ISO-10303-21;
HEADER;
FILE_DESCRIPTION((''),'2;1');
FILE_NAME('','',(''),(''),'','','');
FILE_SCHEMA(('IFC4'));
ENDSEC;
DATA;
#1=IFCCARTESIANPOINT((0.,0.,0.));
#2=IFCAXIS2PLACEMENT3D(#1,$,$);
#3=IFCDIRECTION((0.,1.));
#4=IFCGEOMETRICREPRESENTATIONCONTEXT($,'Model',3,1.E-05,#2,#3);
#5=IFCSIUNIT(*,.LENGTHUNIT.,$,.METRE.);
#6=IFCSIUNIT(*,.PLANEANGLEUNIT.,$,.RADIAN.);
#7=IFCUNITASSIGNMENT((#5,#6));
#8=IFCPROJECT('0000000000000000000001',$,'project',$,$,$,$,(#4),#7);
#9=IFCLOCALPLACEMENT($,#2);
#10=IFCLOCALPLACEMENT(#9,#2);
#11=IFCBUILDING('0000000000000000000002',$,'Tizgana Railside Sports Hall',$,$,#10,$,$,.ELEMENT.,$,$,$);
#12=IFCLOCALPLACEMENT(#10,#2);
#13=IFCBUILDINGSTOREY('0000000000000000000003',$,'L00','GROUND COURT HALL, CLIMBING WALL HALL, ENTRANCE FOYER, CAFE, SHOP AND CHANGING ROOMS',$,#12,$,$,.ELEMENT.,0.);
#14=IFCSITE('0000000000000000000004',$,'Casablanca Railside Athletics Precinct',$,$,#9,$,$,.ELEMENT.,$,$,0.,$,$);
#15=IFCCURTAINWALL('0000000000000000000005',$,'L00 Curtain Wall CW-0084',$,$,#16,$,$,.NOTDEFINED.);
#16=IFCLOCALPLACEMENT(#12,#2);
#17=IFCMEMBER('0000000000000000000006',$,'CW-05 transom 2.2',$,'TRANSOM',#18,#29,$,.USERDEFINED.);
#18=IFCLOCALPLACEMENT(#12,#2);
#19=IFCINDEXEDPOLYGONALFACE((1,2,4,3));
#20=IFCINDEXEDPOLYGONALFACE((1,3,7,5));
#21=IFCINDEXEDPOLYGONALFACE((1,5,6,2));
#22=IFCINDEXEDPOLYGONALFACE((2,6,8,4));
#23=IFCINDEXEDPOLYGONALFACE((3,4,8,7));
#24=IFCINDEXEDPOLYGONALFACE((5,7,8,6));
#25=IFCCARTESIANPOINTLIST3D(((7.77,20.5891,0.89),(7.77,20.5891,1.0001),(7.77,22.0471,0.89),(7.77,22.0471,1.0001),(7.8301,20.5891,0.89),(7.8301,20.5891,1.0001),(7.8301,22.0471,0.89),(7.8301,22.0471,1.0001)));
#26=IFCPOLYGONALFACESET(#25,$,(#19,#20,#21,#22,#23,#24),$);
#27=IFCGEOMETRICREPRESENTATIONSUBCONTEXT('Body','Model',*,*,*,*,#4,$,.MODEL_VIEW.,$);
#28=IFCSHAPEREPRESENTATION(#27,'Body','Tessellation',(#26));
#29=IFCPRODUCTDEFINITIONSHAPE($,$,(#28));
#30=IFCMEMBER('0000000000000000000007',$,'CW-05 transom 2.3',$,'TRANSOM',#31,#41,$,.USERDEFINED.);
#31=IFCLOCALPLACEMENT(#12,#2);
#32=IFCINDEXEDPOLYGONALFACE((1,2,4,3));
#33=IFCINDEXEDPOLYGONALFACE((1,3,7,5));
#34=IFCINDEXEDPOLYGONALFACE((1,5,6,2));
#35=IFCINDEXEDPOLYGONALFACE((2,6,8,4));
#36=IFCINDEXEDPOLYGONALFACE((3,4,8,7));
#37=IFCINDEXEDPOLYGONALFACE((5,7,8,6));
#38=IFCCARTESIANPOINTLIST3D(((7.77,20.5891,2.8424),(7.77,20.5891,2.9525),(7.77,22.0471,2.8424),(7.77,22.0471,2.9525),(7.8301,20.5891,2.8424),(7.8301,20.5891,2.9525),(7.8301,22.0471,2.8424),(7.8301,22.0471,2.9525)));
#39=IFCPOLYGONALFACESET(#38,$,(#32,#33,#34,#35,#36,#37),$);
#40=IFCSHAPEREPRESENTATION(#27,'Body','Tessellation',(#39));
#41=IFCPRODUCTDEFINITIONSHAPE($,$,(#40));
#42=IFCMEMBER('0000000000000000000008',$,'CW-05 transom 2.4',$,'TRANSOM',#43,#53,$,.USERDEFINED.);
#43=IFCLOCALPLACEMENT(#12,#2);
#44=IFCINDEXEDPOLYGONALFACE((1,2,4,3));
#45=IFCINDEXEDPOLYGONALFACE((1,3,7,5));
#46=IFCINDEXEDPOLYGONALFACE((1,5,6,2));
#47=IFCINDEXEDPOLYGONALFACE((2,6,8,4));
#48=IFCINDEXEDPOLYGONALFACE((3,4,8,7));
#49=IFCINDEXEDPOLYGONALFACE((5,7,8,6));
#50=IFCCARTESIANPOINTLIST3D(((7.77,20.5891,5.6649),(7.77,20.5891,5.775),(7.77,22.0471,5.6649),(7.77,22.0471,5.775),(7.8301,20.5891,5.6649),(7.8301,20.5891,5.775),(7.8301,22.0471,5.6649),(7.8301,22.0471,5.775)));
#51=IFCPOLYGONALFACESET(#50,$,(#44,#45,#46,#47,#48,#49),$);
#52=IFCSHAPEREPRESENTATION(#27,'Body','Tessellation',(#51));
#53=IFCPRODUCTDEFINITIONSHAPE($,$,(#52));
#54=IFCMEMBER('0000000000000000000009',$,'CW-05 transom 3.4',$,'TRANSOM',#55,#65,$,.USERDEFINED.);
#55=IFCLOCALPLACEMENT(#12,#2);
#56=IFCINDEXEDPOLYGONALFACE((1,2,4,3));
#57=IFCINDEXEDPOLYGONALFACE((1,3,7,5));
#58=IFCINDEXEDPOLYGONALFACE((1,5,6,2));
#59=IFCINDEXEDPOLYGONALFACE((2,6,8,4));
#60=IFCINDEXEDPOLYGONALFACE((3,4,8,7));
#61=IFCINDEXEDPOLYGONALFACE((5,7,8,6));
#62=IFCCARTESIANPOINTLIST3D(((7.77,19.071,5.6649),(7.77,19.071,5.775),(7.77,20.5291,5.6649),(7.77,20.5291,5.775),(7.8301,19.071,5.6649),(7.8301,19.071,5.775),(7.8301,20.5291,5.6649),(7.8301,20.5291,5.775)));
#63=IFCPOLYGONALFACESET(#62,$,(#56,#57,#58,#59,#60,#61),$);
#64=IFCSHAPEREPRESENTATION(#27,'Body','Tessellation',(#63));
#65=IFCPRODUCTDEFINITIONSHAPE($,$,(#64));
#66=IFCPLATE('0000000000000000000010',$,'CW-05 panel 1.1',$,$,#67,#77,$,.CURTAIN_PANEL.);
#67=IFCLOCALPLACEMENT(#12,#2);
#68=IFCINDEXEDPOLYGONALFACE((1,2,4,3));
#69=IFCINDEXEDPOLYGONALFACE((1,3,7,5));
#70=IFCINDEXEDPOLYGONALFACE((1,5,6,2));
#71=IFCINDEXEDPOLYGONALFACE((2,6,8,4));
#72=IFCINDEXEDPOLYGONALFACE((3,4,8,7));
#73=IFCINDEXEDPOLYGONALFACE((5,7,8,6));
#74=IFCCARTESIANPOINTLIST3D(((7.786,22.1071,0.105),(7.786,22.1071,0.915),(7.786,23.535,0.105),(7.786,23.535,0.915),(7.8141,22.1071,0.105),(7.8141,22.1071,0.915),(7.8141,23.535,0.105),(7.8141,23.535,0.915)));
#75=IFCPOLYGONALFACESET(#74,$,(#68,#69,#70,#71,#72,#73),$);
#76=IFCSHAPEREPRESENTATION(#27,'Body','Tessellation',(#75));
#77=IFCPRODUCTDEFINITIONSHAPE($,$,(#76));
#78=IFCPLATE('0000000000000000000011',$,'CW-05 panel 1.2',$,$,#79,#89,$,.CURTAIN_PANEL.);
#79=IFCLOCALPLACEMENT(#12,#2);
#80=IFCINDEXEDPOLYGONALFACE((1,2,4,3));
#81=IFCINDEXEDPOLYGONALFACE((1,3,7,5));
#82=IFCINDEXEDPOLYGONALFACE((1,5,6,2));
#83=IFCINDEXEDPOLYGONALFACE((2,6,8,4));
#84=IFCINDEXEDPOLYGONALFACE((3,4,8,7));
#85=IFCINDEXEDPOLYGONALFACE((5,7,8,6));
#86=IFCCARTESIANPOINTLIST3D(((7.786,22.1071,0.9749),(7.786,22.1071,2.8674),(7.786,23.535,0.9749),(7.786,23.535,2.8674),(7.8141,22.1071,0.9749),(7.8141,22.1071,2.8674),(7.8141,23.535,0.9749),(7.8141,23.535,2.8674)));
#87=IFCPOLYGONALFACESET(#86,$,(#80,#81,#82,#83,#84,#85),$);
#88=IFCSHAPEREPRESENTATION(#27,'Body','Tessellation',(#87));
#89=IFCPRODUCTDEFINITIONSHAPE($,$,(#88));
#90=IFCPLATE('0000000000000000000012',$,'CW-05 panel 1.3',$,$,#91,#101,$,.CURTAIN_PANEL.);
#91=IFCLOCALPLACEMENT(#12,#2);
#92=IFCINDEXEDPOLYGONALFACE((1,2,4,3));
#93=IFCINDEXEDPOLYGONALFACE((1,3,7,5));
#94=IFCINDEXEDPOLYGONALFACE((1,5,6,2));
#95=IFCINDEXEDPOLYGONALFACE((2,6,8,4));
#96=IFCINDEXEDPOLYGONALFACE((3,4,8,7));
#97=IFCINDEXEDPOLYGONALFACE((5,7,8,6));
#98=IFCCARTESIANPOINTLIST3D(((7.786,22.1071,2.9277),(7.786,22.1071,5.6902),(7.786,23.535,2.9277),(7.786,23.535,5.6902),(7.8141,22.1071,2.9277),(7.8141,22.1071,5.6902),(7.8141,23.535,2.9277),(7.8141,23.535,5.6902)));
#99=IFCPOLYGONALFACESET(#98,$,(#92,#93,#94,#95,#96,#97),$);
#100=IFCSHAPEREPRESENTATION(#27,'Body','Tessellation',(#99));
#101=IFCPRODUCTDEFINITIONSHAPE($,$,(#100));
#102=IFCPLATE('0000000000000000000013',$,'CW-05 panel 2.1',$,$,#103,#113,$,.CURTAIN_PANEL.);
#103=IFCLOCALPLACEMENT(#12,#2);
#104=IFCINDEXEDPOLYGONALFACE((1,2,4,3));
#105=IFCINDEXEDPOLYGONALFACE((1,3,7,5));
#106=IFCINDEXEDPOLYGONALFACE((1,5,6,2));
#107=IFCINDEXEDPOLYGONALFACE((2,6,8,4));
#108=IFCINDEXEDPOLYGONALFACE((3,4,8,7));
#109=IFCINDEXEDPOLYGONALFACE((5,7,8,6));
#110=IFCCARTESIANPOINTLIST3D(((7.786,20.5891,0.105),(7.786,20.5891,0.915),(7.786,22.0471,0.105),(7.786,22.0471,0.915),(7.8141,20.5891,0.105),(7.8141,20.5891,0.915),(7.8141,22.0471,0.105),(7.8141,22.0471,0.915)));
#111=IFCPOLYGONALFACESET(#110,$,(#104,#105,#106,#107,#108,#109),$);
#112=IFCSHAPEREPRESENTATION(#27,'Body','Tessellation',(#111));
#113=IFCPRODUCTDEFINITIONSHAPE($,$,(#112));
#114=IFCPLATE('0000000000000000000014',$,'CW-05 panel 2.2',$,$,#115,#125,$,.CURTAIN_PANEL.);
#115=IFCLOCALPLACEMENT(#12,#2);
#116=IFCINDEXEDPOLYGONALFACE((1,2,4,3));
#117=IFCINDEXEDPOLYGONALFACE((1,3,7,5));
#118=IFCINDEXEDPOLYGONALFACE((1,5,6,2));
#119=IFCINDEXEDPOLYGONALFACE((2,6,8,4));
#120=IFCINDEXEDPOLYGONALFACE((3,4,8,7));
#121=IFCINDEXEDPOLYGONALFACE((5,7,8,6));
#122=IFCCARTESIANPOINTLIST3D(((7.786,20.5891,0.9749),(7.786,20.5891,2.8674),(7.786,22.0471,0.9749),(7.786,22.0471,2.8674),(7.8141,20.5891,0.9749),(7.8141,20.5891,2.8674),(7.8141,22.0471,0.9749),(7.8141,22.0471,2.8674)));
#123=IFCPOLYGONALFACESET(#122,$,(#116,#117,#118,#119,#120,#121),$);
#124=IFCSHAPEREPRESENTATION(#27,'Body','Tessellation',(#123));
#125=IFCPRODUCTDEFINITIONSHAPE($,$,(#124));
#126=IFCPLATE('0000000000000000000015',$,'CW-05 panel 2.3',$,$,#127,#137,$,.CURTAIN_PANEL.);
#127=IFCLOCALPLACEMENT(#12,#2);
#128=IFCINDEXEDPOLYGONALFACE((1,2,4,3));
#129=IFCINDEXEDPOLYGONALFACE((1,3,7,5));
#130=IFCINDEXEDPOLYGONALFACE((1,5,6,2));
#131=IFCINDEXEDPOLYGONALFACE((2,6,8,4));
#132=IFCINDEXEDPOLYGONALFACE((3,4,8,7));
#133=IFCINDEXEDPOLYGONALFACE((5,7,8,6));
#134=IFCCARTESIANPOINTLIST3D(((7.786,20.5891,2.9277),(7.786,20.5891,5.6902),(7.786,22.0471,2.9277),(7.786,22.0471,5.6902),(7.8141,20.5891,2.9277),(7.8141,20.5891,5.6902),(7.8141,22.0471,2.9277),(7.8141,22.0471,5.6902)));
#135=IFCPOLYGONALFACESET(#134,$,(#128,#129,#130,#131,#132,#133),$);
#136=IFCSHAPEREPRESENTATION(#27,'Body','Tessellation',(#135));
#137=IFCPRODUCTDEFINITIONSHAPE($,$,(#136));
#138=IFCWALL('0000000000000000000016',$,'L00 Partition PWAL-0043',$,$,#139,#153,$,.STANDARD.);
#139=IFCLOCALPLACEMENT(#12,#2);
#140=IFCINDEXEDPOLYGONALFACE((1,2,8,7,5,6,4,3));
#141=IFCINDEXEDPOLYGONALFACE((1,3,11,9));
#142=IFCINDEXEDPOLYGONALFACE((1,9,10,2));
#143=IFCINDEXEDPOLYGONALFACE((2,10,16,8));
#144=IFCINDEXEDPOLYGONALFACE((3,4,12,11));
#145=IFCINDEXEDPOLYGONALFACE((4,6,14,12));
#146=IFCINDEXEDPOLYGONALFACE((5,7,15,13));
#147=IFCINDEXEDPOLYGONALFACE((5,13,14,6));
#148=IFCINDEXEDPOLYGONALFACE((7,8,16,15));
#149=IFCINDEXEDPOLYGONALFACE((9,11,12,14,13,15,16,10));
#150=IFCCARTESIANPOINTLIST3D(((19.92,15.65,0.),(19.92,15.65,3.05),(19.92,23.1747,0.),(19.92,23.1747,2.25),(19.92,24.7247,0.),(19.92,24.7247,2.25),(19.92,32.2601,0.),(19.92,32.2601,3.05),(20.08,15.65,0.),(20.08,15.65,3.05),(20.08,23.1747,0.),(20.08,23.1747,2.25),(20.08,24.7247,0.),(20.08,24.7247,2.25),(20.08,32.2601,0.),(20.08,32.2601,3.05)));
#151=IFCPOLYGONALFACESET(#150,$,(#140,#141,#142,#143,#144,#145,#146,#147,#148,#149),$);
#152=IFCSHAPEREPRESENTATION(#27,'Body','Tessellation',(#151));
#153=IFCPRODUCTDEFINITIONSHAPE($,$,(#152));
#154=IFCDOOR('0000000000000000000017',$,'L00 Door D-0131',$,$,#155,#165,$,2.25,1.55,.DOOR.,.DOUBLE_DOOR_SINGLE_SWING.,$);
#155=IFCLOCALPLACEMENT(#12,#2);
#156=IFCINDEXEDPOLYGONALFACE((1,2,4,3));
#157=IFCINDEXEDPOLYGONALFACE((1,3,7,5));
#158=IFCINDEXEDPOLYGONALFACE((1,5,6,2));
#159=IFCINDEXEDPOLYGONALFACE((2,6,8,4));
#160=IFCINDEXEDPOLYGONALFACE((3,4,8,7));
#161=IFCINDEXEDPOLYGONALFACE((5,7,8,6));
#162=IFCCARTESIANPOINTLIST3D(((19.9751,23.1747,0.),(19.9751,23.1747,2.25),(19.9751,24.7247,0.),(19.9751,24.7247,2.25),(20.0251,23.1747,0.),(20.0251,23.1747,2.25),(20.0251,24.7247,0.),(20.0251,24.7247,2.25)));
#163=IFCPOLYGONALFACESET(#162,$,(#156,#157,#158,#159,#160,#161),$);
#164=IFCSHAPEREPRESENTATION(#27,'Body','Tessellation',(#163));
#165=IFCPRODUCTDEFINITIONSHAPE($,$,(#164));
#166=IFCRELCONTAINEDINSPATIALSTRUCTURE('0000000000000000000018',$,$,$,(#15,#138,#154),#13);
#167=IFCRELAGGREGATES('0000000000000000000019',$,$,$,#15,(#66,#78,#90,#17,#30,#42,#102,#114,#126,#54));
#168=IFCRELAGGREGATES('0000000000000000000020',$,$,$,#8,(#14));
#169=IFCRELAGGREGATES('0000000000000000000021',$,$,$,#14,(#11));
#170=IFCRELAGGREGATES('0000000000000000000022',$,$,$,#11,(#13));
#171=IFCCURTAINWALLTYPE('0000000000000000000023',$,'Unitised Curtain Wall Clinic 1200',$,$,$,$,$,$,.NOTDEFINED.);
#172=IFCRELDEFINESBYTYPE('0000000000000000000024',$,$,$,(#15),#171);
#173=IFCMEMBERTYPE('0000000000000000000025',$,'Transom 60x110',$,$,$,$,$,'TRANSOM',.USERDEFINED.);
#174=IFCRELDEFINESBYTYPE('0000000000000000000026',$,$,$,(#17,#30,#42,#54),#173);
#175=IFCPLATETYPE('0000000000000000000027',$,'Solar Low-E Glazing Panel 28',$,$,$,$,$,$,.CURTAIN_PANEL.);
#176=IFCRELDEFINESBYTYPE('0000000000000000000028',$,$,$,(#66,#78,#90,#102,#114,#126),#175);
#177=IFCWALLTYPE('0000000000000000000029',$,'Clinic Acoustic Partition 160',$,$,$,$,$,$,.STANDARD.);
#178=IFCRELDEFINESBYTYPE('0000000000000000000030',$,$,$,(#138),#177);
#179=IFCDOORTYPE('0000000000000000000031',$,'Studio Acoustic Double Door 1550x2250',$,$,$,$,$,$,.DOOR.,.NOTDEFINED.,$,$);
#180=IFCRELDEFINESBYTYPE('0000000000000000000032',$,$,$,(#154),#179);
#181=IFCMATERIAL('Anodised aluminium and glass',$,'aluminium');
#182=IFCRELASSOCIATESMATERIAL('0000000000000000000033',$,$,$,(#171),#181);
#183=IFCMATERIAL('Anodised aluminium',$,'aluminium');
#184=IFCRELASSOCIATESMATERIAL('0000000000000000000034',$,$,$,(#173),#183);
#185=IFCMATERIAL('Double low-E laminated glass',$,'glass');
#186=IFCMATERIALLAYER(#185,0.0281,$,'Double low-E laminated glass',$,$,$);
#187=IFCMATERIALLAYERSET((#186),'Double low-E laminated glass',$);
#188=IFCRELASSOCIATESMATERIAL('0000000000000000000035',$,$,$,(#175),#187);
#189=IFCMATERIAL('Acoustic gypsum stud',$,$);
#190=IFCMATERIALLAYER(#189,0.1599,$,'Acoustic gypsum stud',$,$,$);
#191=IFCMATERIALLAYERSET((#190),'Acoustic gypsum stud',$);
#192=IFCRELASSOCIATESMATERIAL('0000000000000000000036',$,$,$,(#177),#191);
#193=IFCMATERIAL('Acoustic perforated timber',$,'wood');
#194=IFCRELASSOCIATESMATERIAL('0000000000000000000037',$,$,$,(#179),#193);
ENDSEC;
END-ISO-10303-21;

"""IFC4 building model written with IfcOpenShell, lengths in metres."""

from ifc_helpers import new_model, si_unit, direction, frame, frame_2d, origin, origin_2d, place, context, subcontext, project, spatial, rectangle, extrude, material, layer, layer_set, material_profile, profile_set, type_object, element, fill, aggregate, save


model = new_model("IFC4")

# Units and contexts
model_context = context("Model", 3, precision=1e-05, world=origin(), true_north=direction((0.0, 1.0)))
body_context = subcontext(model_context, "Body", "Model", "MODEL_VIEW")
ifc_project = project(units=[si_unit("LENGTHUNIT", "METRE"), si_unit("PLANEANGLEUNIT", "RADIAN")], contexts=[model_context])

# Site, building, storey
site_placement = place(None, origin())
site = spatial("IfcSite", under=ifc_project, at=site_placement, Name="Casablanca Railside Athletics Precinct", CompositionType="ELEMENT", RefElevation=0.0)
building_placement = place(site_placement, origin())
building = spatial("IfcBuilding", under=site, at=building_placement, Name="Tizgana Railside Sports Hall", CompositionType="ELEMENT")
storey_placement = place(building_placement, origin())
storey = spatial("IfcBuildingStorey", under=building, at=storey_placement, Name="L00", Description="GROUND COURT HALL, CLIMBING WALL HALL, ENTRANCE FOYER, CAFE, SHOP AND CHANGING ROOMS", CompositionType="ELEMENT", Elevation=0.0)

# Curtain wall
ifc_material_1 = material(Name="Anodised aluminium and glass", Category="aluminium")
curtain_wall_type = type_object("IfcCurtainWallType", Name="Unitised Curtain Wall Clinic 1200", PredefinedType="NOTDEFINED", material=ifc_material_1)
curtain_wall_placement = place(storey_placement, origin())
curtain_wall = element("IfcCurtainWall", 1, at=curtain_wall_placement, inside=storey, type_object=curtain_wall_type, Name="L00 Curtain Wall CW-0084", PredefinedType="NOTDEFINED")
ifc_material_2 = material(Name="Anodised aluminium", Category="aluminium")

# Members
ifc_material_profile_1 = material_profile(ifc_material_2, rectangle(XDim=0.0601, YDim=0.1101, at=origin_2d()), Name="Transom 60x110")
ifc_profile_set_1 = profile_set([ifc_material_profile_1], Name="Anodised aluminium")
member_type_1 = type_object("IfcMemberType", Name="Transom 60x110", ElementType="TRANSOM", PredefinedType="USERDEFINED", material=ifc_profile_set_1)
member_1_placement = place(storey_placement, frame((7.8, 22.0471, 0.9451), z_axis=(0.0, -1.0, 0.0), x_axis=(1.0, 0.0, 0.0)))
member_1 = element("IfcMember", 2, at=member_1_placement, type_object=member_type_1, Name="CW-05 transom 2.2", ObjectType="TRANSOM", PredefinedType="USERDEFINED", context=body_context, shape_type="SweptSolid", body=[
    extrude(rectangle(XDim=0.0601, YDim=0.1101, at=origin_2d()), origin(), (0.0, 0.0, 1.0), 1.458),
])
member_2_placement = place(storey_placement, frame((7.8, 22.0471, 2.8975), z_axis=(0.0, -1.0, 0.0), x_axis=(1.0, 0.0, 0.0)))
member_2 = element("IfcMember", 3, at=member_2_placement, type_object=member_type_1, Name="CW-05 transom 2.3", ObjectType="TRANSOM", PredefinedType="USERDEFINED", context=body_context, shape_type="SweptSolid", body=[
    extrude(rectangle(XDim=0.0601, YDim=0.1101, at=origin_2d()), origin(), (0.0, 0.0, 1.0), 1.458),
])
member_3_placement = place(storey_placement, frame((7.8, 22.0471, 5.72), z_axis=(0.0, -1.0, 0.0), x_axis=(1.0, 0.0, 0.0)))
member_3 = element("IfcMember", 4, at=member_3_placement, type_object=member_type_1, Name="CW-05 transom 2.4", ObjectType="TRANSOM", PredefinedType="USERDEFINED", context=body_context, shape_type="SweptSolid", body=[
    extrude(rectangle(XDim=0.0601, YDim=0.1101, at=origin_2d()), origin(), (0.0, 0.0, 1.0), 1.458),
])
member_4_placement = place(storey_placement, frame((7.8, 20.5291, 5.72), z_axis=(0.0, -1.0, 0.0), x_axis=(1.0, 0.0, 0.0)))
member_4 = element("IfcMember", 5, at=member_4_placement, type_object=member_type_1, Name="CW-05 transom 3.4", ObjectType="TRANSOM", PredefinedType="USERDEFINED", context=body_context, shape_type="SweptSolid", body=[
    extrude(rectangle(XDim=0.0601, YDim=0.1101, at=origin_2d()), origin(), (0.0, 0.0, 1.0), 1.458),
])

# Plates
ifc_material_3 = material(Name="Double low-E laminated glass", Category="glass")
ifc_layer_1 = layer(ifc_material_3, 0.0281, Name="Double low-E laminated glass")
ifc_layer_set_1 = layer_set([ifc_layer_1], Name="Double low-E laminated glass")
plate_type = type_object("IfcPlateType", Name="Solar Low-E Glazing Panel 28", PredefinedType="CURTAIN_PANEL", material=ifc_layer_set_1)
plate_1_placement = place(storey_placement, frame((7.8, 22.821, 0.105), z_axis=(0.0, 0.0, 1.0), x_axis=(0.0, -1.0, 0.0)))
plate_1 = element("IfcPlate", 6, at=plate_1_placement, type_object=plate_type, Name="CW-05 panel 1.1", PredefinedType="CURTAIN_PANEL", context=body_context, shape_type="SweptSolid", body=[
    extrude(rectangle(XDim=1.428, YDim=0.0281, at=origin_2d()), origin(), (0.0, 0.0, 1.0), 0.8101),
])
plate_2_placement = place(storey_placement, frame((7.8, 22.821, 0.9749), z_axis=(0.0, 0.0, 1.0), x_axis=(0.0, -1.0, 0.0)))
plate_2 = element("IfcPlate", 7, at=plate_2_placement, type_object=plate_type, Name="CW-05 panel 1.2", PredefinedType="CURTAIN_PANEL", context=body_context, shape_type="SweptSolid", body=[
    extrude(rectangle(XDim=1.428, YDim=0.0281, at=origin_2d()), origin(), (0.0, 0.0, 1.0), 1.8926),
])
plate_3_placement = place(storey_placement, frame((7.8, 22.821, 2.9277), z_axis=(0.0, 0.0, 1.0), x_axis=(0.0, -1.0, 0.0)))
plate_3 = element("IfcPlate", 8, at=plate_3_placement, type_object=plate_type, Name="CW-05 panel 1.3", PredefinedType="CURTAIN_PANEL", context=body_context, shape_type="SweptSolid", body=[
    extrude(rectangle(XDim=1.428, YDim=0.0281, at=origin_2d()), origin(), (0.0, 0.0, 1.0), 2.7625),
])
plate_4_placement = place(storey_placement, frame((7.8, 21.3181, 0.105), z_axis=(0.0, 0.0, 1.0), x_axis=(0.0, -1.0, 0.0)))
plate_4 = element("IfcPlate", 9, at=plate_4_placement, type_object=plate_type, Name="CW-05 panel 2.1", PredefinedType="CURTAIN_PANEL", context=body_context, shape_type="SweptSolid", body=[
    extrude(rectangle(XDim=1.458, YDim=0.0281, at=origin_2d()), origin(), (0.0, 0.0, 1.0), 0.8101),
])
plate_5_placement = place(storey_placement, frame((7.8, 21.3181, 0.9749), z_axis=(0.0, 0.0, 1.0), x_axis=(0.0, -1.0, 0.0)))
plate_5 = element("IfcPlate", 10, at=plate_5_placement, type_object=plate_type, Name="CW-05 panel 2.2", PredefinedType="CURTAIN_PANEL", context=body_context, shape_type="SweptSolid", body=[
    extrude(rectangle(XDim=1.458, YDim=0.0281, at=origin_2d()), origin(), (0.0, 0.0, 1.0), 1.8926),
])
plate_6_placement = place(storey_placement, frame((7.8, 21.3181, 2.9277), z_axis=(0.0, 0.0, 1.0), x_axis=(0.0, -1.0, 0.0)))
plate_6 = element("IfcPlate", 11, at=plate_6_placement, type_object=plate_type, Name="CW-05 panel 2.3", PredefinedType="CURTAIN_PANEL", context=body_context, shape_type="SweptSolid", body=[
    extrude(rectangle(XDim=1.458, YDim=0.0281, at=origin_2d()), origin(), (0.0, 0.0, 1.0), 2.7625),
])
aggregate(curtain_wall, [plate_1, plate_2, plate_3, member_1, member_2, member_3, plate_4, plate_5, plate_6, member_4])

# Wall, opening, door
ifc_material_4 = material(Name="Acoustic gypsum stud")
ifc_layer_2 = layer(ifc_material_4, 0.1599, Name="Acoustic gypsum stud")
ifc_layer_set_2 = layer_set([ifc_layer_2], Name="Acoustic gypsum stud")
wall_type_1 = type_object("IfcWallType", Name="Clinic Acoustic Partition 160", PredefinedType="STANDARD", material=ifc_layer_set_2)
wall_1_placement = place(storey_placement, frame((20.0, 15.6499, 0.0), z_axis=(0.0, 0.0, 1.0), x_axis=(0.0, 1.0, 0.0)))
wall_1 = element("IfcWall", 12, at=wall_1_placement, inside=storey, type_object=wall_type_1, Name="L00 Partition PWAL-0043", PredefinedType="STANDARD", context=body_context, shape_type="SweptSolid", body=[
    extrude(rectangle(XDim=16.6101, YDim=0.1599, at=frame_2d((8.3052, 0.0))), origin(), (0.0, 0.0, 1.0), 3.05),
])
opening_1_placement = place(wall_1_placement, frame((7.5249, 0.0, 0.0)))
opening_1 = element("IfcOpeningElement", 13, at=opening_1_placement, cuts=wall_1, PredefinedType="OPENING", context=body_context, shape_type="SweptSolid", body=[
    extrude(rectangle(XDim=1.55, YDim=2.25, at=frame_2d((0.7749, 1.125))), frame((0.0, 0.0898, 0.0), z_axis=(0.0, -1.0, 0.0), x_axis=(1.0, 0.0, 0.0)), (0.0, 0.0, 1.0), 0.1799),
])
ifc_material_5 = material(Name="Acoustic perforated timber", Category="wood")
door_type_1 = type_object("IfcDoorType", Name="Studio Acoustic Double Door 1550x2250", OperationType="NOTDEFINED", PredefinedType="DOOR", material=ifc_material_5)
door_1_placement = place(opening_1_placement, origin())
door_1 = element("IfcDoor", 14, at=door_1_placement, inside=storey, type_object=door_type_1, Name="L00 Door D-0131", OperationType="DOUBLE_DOOR_SINGLE_SWING", OverallHeight=2.25, OverallWidth=1.55, PredefinedType="DOOR", context=body_context, shape_type="SweptSolid", body=[
    extrude(rectangle(XDim=1.55, YDim=2.25, at=frame_2d((0.7749, 1.125))), frame((0.0, 0.0249, 0.0), z_axis=(0.0, -1.0, 0.0), x_axis=(1.0, 0.0, 0.0)), (0.0, 0.0, 1.0), 0.05),
])
fill(opening_1, door_1)

save(model, "model.ifc")
